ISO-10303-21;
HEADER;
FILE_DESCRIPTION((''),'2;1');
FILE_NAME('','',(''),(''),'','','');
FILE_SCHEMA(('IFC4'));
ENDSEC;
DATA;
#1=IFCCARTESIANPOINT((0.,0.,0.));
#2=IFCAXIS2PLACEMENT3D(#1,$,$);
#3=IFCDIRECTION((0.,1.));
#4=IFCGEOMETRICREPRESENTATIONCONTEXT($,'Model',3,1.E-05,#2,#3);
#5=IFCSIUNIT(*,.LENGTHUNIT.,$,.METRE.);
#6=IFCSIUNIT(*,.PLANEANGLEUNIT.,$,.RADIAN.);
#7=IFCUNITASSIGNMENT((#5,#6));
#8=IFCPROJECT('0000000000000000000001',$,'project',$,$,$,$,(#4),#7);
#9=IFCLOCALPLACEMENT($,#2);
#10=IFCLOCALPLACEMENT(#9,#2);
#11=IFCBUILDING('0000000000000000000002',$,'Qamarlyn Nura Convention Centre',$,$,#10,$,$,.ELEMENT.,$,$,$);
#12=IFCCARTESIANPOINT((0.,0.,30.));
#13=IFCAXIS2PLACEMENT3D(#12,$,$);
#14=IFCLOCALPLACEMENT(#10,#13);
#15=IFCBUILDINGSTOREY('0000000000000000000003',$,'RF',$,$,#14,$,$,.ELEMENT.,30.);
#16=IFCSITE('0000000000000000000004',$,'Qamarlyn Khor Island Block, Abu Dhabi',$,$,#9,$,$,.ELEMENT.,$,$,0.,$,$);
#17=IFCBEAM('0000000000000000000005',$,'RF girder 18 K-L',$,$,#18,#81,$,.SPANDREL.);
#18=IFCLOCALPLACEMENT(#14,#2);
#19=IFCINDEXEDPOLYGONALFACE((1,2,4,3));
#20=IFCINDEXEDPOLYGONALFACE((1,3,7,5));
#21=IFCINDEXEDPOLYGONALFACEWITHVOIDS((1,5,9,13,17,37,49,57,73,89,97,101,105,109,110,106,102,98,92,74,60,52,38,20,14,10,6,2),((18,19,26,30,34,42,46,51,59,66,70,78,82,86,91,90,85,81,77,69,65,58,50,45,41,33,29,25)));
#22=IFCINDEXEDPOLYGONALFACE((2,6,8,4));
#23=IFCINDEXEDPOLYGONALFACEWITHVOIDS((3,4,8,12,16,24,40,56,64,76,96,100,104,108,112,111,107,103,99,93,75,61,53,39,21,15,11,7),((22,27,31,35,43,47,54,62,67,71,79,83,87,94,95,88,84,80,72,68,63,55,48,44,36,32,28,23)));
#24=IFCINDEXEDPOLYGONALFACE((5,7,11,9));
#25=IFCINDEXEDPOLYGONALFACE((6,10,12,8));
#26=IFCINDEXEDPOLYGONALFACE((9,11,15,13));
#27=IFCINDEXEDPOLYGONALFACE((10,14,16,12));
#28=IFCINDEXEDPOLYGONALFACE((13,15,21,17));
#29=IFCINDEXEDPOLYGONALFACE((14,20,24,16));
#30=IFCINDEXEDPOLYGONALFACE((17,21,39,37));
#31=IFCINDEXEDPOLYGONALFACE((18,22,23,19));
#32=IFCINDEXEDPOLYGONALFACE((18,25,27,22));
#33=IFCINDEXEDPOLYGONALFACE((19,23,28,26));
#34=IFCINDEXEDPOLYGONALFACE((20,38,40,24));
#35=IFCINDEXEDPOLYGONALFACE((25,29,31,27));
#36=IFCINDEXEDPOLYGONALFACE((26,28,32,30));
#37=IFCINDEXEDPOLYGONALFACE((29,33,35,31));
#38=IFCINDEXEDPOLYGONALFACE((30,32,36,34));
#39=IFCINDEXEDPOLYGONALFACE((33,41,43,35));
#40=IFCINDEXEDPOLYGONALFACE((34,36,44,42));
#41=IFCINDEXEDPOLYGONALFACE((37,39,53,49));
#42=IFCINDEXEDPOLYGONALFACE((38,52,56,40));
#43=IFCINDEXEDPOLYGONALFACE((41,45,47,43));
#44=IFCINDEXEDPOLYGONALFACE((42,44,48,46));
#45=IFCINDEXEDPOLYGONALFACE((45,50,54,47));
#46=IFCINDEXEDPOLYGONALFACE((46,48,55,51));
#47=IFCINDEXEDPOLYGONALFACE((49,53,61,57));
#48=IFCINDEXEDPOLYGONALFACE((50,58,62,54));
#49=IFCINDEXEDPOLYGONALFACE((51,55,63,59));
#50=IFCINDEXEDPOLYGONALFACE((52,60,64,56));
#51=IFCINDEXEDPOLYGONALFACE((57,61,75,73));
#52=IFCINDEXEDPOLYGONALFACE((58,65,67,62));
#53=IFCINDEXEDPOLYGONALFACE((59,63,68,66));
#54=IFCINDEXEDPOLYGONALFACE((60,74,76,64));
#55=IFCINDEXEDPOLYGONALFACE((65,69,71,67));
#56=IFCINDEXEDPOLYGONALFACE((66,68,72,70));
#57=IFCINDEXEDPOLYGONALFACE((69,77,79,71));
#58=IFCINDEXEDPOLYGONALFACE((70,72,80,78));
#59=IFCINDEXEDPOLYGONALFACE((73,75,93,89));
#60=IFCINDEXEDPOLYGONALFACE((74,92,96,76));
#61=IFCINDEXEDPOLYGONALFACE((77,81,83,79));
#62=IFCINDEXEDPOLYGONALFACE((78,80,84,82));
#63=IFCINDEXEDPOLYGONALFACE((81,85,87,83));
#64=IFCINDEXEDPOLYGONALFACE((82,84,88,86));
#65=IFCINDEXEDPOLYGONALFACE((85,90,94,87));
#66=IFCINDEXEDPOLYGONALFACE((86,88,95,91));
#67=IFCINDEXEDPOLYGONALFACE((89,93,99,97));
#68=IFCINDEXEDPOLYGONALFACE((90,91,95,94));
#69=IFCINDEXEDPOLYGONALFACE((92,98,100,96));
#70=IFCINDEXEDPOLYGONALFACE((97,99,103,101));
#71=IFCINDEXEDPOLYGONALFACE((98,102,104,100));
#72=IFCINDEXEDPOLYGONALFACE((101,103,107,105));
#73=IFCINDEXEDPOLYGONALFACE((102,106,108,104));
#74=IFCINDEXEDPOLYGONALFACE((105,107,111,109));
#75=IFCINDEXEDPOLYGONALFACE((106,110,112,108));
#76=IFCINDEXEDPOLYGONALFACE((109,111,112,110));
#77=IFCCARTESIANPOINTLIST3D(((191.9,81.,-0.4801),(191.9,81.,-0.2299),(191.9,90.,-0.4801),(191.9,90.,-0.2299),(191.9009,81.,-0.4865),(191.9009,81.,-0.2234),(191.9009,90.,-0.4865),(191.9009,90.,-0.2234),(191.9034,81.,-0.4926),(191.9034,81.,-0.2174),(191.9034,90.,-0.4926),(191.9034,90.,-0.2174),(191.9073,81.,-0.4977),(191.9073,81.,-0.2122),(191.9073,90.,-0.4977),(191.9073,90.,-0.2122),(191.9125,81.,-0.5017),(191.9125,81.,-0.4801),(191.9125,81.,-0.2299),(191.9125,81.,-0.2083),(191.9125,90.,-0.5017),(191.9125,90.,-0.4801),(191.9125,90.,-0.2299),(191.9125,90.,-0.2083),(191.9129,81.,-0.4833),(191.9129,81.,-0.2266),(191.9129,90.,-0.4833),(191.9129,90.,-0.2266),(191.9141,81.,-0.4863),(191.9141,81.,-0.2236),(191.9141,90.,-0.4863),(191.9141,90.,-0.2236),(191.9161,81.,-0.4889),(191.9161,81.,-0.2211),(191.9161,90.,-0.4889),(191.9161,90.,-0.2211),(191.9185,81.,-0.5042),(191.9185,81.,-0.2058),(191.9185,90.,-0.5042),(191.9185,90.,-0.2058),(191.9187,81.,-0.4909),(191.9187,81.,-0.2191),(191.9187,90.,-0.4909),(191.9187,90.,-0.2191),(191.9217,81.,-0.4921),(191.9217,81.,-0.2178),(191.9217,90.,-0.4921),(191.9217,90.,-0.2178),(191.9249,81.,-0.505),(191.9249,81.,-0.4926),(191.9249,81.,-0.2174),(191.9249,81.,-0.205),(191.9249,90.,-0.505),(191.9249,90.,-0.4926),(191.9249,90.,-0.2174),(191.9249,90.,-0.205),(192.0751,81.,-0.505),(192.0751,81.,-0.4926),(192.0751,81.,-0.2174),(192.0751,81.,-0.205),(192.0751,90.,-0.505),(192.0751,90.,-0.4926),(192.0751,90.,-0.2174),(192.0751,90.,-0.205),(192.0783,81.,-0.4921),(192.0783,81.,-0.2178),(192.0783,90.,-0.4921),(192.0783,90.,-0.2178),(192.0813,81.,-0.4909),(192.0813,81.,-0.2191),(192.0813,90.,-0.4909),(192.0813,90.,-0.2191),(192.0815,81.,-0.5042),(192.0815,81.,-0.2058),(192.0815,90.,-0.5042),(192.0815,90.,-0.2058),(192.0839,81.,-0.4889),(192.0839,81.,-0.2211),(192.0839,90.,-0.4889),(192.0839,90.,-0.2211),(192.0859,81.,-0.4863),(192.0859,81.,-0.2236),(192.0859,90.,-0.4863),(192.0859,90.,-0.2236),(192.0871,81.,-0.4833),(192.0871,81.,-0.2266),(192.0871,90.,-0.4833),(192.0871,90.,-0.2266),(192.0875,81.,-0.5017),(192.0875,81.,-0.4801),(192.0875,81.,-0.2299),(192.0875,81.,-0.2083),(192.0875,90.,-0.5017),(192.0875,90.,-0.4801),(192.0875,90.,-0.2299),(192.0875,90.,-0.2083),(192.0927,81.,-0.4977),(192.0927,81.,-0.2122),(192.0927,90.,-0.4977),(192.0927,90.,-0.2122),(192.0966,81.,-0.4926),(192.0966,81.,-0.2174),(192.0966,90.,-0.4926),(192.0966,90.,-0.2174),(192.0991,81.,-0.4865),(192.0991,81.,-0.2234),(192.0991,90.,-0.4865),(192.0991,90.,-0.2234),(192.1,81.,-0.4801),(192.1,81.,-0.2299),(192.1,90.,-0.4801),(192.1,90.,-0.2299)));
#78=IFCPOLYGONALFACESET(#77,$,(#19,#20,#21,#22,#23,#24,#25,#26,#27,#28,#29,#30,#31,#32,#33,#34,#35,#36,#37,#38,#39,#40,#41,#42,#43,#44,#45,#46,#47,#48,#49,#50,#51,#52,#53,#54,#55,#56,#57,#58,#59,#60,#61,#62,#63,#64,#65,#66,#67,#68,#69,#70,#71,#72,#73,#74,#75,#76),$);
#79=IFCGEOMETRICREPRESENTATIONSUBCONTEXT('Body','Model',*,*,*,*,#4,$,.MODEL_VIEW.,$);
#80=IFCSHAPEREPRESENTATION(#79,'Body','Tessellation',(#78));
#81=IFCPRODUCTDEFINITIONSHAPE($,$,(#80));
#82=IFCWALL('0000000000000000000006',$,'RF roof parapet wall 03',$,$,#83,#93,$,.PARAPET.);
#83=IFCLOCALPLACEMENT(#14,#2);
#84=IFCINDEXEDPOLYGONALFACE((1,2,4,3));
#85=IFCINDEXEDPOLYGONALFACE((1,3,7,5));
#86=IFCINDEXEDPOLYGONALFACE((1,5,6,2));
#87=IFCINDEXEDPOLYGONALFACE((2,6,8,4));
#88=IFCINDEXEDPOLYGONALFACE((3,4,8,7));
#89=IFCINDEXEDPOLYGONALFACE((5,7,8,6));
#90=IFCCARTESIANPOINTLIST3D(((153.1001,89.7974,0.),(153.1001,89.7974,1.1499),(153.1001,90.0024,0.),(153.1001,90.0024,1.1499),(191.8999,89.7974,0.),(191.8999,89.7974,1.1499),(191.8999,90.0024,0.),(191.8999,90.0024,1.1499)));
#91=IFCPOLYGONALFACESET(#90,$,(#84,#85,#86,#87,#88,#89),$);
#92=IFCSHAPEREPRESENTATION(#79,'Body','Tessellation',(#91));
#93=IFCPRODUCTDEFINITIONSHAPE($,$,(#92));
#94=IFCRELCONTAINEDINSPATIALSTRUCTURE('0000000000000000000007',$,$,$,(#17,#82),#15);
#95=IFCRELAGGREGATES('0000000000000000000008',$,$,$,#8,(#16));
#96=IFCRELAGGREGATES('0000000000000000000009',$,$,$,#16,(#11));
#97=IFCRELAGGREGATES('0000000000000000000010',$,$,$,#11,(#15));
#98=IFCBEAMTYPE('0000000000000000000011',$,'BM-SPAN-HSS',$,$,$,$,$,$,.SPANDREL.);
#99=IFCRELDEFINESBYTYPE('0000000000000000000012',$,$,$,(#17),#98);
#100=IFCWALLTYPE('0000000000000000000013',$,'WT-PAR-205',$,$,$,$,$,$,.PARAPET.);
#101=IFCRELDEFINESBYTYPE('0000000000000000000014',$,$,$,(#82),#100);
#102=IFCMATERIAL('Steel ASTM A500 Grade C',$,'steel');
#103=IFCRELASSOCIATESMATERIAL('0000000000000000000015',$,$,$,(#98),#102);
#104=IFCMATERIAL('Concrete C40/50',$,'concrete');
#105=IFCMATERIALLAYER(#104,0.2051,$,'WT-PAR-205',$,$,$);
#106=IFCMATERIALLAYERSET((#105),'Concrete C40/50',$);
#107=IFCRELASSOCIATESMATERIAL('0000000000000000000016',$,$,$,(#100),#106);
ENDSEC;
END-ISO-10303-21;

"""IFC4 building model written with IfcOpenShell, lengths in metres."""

from ifc_helpers import new_model, si_unit, direction, frame, frame_2d, origin, origin_2d, place, context, subcontext, project, spatial, rectangle, hollow_rectangle, extrude, material, layer, layer_set, material_profile, profile_set, type_object, element, save


model = new_model("IFC4")

# Units and contexts
model_context = context("Model", 3, precision=1e-05, world=origin(), true_north=direction((0.0, 1.0)))
body_context = subcontext(model_context, "Body", "Model", "MODEL_VIEW")
ifc_project = project(units=[si_unit("LENGTHUNIT", "METRE"), si_unit("PLANEANGLEUNIT", "RADIAN")], contexts=[model_context])

# Site, building, storey
site_placement = place(None, origin())
site = spatial("IfcSite", under=ifc_project, at=site_placement, Name="Qamarlyn Khor Island Block, Abu Dhabi", CompositionType="ELEMENT", RefElevation=0.0)
building_placement = place(site_placement, origin())
building = spatial("IfcBuilding", under=site, at=building_placement, Name="Qamarlyn Nura Convention Centre", CompositionType="ELEMENT")
storey_placement = place(building_placement, frame((0.0, 0.0, 30.0)))
storey = spatial("IfcBuildingStorey", under=building, at=storey_placement, Name="RF", CompositionType="ELEMENT", Elevation=30.0)

# Beam
ifc_material_1 = material(Name="Steel ASTM A500 Grade C", Category="steel")
ifc_material_profile_1 = material_profile(ifc_material_1, hollow_rectangle(XDim=0.2, YDim=0.3, WallThickness=0.0125, InnerFilletRadius=0.0125, OuterFilletRadius=0.0249, at=origin_2d()), Name="HSS300X200X12.5")
ifc_profile_set_1 = profile_set([ifc_material_profile_1], Name="Steel ASTM A500 Grade C")
beam_type_1 = type_object("IfcBeamType", Name="BM-SPAN-HSS", PredefinedType="SPANDREL", material=ifc_profile_set_1)
beam_1_placement = place(storey_placement, frame((192.0, 81.0, -0.355), z_axis=(0.0, 1.0, 0.0), x_axis=(-1.0, 0.0, 0.0)))
element("IfcBeam", 1, at=beam_1_placement, inside=storey, type_object=beam_type_1, Name="RF girder 18 K-L", PredefinedType="SPANDREL", context=body_context, shape_type="SweptSolid", body=[
    extrude(hollow_rectangle(XDim=0.2, YDim=0.3, WallThickness=0.0125, InnerFilletRadius=0.0125, OuterFilletRadius=0.0249, at=origin_2d()), origin(), (0.0, 0.0, 1.0), 9.0),
])

# Wall
ifc_material_2 = material(Name="Concrete C40/50", Category="concrete")
ifc_layer = layer(ifc_material_2, 0.2051, Name="WT-PAR-205")
ifc_layer_set = layer_set([ifc_layer], Name="Concrete C40/50")
wall_type = type_object("IfcWallType", Name="WT-PAR-205", PredefinedType="PARAPET", material=ifc_layer_set)
wall_placement = place(storey_placement, frame((191.8999, 89.8999, 0.0), z_axis=(0.0, 0.0, 1.0), x_axis=(-1.0, 0.0, 0.0)))
element("IfcWall", 2, at=wall_placement, inside=storey, type_object=wall_type, Name="RF roof parapet wall 03", PredefinedType="PARAPET", context=body_context, shape_type="SweptSolid", body=[
    extrude(rectangle(XDim=38.7998, YDim=0.2051, at=frame_2d((19.3999, 0.0))), origin(), (0.0, 0.0, 1.0), 1.1499),
])

save(model, "model.ifc")
